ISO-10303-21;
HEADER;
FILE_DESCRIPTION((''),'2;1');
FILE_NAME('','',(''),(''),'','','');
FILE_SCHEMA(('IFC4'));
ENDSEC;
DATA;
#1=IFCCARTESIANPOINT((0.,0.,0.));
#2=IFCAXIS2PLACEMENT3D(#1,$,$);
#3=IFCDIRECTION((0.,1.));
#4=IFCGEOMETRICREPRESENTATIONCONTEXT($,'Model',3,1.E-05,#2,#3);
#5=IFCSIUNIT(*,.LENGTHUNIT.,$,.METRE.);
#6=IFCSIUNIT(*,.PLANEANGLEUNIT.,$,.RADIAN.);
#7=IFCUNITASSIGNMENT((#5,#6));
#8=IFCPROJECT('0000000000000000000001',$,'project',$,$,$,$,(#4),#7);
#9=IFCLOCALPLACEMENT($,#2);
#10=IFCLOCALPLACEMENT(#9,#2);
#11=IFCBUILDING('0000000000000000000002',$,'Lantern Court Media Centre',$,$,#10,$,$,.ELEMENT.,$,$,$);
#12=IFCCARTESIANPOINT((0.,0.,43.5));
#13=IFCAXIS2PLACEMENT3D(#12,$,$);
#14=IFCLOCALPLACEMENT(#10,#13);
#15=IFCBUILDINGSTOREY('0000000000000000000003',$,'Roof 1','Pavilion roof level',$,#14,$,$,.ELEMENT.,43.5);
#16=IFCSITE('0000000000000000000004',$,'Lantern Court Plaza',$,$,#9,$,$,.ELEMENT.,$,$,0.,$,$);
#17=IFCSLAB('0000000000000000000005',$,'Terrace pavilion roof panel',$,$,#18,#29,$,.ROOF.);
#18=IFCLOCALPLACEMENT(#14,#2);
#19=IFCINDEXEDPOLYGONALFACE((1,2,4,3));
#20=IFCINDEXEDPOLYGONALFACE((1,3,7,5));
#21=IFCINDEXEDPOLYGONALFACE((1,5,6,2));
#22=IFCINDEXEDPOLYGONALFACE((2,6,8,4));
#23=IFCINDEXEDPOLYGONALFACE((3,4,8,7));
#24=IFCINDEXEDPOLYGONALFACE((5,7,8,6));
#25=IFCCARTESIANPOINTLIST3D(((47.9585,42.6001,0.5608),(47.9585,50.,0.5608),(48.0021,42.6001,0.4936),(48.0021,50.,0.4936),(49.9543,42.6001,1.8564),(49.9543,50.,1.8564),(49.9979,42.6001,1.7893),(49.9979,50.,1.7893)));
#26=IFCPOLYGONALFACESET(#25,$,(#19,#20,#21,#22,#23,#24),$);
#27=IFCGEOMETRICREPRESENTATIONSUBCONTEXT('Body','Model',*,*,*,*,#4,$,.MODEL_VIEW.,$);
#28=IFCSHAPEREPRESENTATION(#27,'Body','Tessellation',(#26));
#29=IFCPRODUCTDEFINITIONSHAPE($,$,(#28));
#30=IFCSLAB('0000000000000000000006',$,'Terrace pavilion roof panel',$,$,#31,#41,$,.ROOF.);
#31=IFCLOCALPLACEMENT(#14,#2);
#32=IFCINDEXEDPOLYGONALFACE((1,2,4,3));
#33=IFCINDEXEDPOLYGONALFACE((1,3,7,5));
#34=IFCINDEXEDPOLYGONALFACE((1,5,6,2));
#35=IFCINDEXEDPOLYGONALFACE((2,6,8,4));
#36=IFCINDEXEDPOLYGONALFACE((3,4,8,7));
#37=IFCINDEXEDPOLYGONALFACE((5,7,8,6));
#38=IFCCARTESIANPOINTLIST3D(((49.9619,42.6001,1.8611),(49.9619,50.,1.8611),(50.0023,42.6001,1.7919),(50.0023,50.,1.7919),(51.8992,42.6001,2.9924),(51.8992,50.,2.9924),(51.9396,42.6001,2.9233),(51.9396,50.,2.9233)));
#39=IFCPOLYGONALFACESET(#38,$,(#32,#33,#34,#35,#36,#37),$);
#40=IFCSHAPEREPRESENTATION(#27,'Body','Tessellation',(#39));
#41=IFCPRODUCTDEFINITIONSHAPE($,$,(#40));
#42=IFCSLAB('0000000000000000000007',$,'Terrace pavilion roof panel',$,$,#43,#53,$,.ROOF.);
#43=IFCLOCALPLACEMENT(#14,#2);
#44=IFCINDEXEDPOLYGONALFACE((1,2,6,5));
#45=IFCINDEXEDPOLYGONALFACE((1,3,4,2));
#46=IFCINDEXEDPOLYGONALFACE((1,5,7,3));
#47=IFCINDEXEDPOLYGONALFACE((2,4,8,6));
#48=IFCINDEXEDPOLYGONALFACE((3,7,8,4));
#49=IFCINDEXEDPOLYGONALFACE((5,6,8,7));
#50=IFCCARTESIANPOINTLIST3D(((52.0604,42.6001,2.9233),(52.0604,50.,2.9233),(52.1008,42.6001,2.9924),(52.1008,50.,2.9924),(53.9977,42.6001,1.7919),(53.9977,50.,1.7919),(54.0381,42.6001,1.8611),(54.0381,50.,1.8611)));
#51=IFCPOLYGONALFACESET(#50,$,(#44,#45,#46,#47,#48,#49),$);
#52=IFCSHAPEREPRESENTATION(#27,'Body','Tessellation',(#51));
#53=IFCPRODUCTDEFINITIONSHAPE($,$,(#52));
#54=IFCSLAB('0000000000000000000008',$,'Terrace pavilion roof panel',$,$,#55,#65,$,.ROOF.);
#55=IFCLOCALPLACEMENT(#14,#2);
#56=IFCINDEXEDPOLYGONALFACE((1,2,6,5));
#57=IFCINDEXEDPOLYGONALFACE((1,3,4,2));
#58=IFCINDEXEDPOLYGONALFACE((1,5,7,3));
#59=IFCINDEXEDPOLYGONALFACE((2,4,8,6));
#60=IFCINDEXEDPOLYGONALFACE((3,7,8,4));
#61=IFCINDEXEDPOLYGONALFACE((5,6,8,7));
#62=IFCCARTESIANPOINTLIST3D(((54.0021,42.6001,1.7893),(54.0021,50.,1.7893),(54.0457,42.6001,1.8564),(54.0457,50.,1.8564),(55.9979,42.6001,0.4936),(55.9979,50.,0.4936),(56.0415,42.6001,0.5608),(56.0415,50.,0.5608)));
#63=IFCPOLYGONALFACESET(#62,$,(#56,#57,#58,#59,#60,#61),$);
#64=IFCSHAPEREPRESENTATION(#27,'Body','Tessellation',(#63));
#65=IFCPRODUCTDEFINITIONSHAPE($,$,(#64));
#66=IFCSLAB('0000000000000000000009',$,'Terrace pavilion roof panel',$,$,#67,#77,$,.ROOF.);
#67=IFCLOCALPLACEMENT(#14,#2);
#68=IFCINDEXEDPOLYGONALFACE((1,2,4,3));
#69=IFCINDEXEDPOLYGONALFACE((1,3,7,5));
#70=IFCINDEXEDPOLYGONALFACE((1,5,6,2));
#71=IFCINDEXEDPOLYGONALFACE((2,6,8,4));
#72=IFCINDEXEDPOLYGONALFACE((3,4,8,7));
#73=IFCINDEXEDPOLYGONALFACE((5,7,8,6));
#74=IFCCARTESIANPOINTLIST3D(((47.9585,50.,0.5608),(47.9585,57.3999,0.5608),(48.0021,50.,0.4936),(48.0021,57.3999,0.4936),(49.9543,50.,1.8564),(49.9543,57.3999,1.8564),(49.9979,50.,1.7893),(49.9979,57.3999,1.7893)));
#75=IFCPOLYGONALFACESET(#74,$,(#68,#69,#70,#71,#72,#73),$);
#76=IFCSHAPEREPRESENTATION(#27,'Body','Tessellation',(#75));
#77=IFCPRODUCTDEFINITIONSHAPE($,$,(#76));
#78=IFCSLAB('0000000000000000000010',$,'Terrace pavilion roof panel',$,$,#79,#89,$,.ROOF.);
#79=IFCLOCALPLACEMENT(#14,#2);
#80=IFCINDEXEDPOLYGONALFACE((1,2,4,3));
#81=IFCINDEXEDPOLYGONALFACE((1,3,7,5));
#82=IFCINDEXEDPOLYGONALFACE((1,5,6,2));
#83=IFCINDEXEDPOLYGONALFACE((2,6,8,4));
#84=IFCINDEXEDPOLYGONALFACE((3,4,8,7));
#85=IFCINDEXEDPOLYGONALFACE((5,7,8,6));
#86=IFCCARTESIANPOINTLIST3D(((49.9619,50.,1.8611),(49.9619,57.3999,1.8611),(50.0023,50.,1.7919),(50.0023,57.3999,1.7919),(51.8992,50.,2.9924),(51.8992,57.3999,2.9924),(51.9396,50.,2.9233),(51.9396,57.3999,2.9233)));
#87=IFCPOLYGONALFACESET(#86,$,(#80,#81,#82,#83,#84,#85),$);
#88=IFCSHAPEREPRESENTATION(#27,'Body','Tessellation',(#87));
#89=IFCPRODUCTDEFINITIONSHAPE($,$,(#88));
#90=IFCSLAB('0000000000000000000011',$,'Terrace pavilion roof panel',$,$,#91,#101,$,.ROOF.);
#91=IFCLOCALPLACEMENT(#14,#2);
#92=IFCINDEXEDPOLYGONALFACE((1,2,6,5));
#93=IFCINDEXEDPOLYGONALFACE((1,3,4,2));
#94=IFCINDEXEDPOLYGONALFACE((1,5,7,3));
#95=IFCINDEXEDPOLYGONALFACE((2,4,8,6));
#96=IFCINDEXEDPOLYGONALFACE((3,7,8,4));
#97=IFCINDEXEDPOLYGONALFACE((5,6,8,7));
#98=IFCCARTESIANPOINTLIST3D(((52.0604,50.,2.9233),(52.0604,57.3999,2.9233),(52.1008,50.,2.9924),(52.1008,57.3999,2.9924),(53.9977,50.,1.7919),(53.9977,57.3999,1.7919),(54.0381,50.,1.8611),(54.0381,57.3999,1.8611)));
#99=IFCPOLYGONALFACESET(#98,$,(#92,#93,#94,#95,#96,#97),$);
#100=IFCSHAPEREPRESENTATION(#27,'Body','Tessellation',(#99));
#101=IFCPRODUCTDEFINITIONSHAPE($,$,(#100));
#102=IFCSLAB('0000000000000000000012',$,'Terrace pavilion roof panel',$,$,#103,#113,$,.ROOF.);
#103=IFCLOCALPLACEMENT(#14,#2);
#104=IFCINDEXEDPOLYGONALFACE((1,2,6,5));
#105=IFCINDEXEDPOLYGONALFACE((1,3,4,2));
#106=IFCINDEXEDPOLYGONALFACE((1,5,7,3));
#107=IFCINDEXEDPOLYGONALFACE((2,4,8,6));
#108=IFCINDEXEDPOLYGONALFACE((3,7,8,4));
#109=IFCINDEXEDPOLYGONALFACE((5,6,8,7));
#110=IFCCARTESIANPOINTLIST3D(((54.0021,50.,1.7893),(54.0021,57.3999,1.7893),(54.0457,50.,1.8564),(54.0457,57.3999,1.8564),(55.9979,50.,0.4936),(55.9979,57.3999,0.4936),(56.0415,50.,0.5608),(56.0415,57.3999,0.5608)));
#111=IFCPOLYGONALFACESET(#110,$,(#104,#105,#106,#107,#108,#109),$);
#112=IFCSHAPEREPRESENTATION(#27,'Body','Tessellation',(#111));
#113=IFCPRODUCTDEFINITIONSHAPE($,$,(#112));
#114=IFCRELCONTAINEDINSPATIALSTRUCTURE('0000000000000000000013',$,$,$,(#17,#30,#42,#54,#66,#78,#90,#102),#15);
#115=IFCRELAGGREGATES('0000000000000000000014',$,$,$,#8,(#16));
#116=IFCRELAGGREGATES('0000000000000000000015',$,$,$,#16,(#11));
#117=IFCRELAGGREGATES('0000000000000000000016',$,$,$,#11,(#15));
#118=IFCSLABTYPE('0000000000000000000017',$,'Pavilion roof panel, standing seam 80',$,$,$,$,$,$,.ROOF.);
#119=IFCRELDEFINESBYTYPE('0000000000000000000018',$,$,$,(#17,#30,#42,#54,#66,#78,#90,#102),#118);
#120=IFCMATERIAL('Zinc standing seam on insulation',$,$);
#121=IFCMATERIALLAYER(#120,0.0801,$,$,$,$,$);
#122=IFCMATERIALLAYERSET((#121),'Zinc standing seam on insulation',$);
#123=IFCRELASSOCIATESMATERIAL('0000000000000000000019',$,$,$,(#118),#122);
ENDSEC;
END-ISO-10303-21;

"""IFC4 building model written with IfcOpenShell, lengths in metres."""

from ifc_helpers import new_model, si_unit, direction, frame, origin, place, context, subcontext, project, spatial, polyline, outline, extrude, material, layer, layer_set, type_object, element, save


model = new_model("IFC4")

# Units and contexts
model_context = context("Model", 3, precision=1e-05, world=origin(), true_north=direction((0.0, 1.0)))
body_context = subcontext(model_context, "Body", "Model", "MODEL_VIEW")
ifc_project = project(units=[si_unit("LENGTHUNIT", "METRE"), si_unit("PLANEANGLEUNIT", "RADIAN")], contexts=[model_context])

# Site, building, storey
site_placement = place(None, origin())
site = spatial("IfcSite", under=ifc_project, at=site_placement, Name="Lantern Court Plaza", CompositionType="ELEMENT", RefElevation=0.0)
building_placement = place(site_placement, origin())
building = spatial("IfcBuilding", under=site, at=building_placement, Name="Lantern Court Media Centre", CompositionType="ELEMENT")
storey_placement = place(building_placement, frame((0.0, 0.0, 43.5)))
storey = spatial("IfcBuildingStorey", under=building, at=storey_placement, Name="Roof 1", Description="Pavilion roof level", CompositionType="ELEMENT", Elevation=43.5)

# Slabs
ifc_material = material(Name="Zinc standing seam on insulation")
ifc_layer = layer(ifc_material, 0.0801)
ifc_layer_set = layer_set([ifc_layer], Name="Zinc standing seam on insulation")
slab_type = type_object("IfcSlabType", Name="Pavilion roof panel, standing seam 80", PredefinedType="ROOF", material=ifc_layer_set)
slab_1_placement = place(storey_placement, frame((47.9585, 42.6001, 0.5608), z_axis=(-0.544501, 0.0, 0.83876), x_axis=(0.83876, 0.0, 0.544501)))
element("IfcSlab", 1, at=slab_1_placement, inside=storey, type_object=slab_type, Name="Terrace pavilion roof panel", PredefinedType="ROOF", context=body_context, shape_type="SweptSolid", body=[
    extrude(outline(polyline([(0.0, 0.0), (2.3795, 0.0), (2.3795, 7.3999), (0.0, 7.3999), (0.0, 0.0)])), origin(), (0.0, 0.0, -1.0), 0.0801),
])
for number, where, z_axis, x_axis, name in (
    (2, (49.9619, 42.6001, 1.8611), (-0.504297, 0.0, 0.86353), (0.86353, 0.0, 0.504297), "Terrace pavilion roof panel"),
    (3, (52.1008, 42.6001, 2.9924), (0.504297, 0.0, 0.86353), (0.86353, 0.0, -0.504297), "Terrace pavilion roof panel"),
):
    element("IfcSlab", number, at=place(storey_placement, frame(where, z_axis=z_axis, x_axis=x_axis)), inside=storey, type_object=slab_type, Name=name, PredefinedType="ROOF", context=body_context, shape_type="SweptSolid", body=[
        extrude(outline(polyline([(0.0, 0.0), (2.2434, 0.0), (2.2434, 7.3999), (0.0, 7.3999), (0.0, 0.0)])), origin(), (0.0, 0.0, -1.0), 0.0801),
    ])
for number, where, z_axis, x_axis, name in (
    (4, (54.0457, 42.6001, 1.8564), (0.544501, 0.0, 0.83876), (0.83876, 0.0, -0.544501), "Terrace pavilion roof panel"),
    (5, (47.9585, 50.0, 0.5608), (-0.544501, 0.0, 0.83876), (0.83876, 0.0, 0.544501), "Terrace pavilion roof panel"),
):
    element("IfcSlab", number, at=place(storey_placement, frame(where, z_axis=z_axis, x_axis=x_axis)), inside=storey, type_object=slab_type, Name=name, PredefinedType="ROOF", context=body_context, shape_type="SweptSolid", body=[
        extrude(outline(polyline([(0.0, 0.0), (2.3795, 0.0), (2.3795, 7.3999), (0.0, 7.3999), (0.0, 0.0)])), origin(), (0.0, 0.0, -1.0), 0.0801),
    ])
for number, where, z_axis, x_axis, name in (
    (6, (49.9619, 50.0, 1.8611), (-0.504297, 0.0, 0.86353), (0.86353, 0.0, 0.504297), "Terrace pavilion roof panel"),
    (7, (52.1008, 50.0, 2.9924), (0.504297, 0.0, 0.86353), (0.86353, 0.0, -0.504297), "Terrace pavilion roof panel"),
):
    element("IfcSlab", number, at=place(storey_placement, frame(where, z_axis=z_axis, x_axis=x_axis)), inside=storey, type_object=slab_type, Name=name, PredefinedType="ROOF", context=body_context, shape_type="SweptSolid", body=[
        extrude(outline(polyline([(0.0, 0.0), (2.2434, 0.0), (2.2434, 7.3999), (0.0, 7.3999), (0.0, 0.0)])), origin(), (0.0, 0.0, -1.0), 0.0801),
    ])
slab_2_placement = place(storey_placement, frame((54.0457, 50.0, 1.8564), z_axis=(0.544501, 0.0, 0.83876), x_axis=(0.83876, 0.0, -0.544501)))
element("IfcSlab", 8, at=slab_2_placement, inside=storey, type_object=slab_type, Name="Terrace pavilion roof panel", PredefinedType="ROOF", context=body_context, shape_type="SweptSolid", body=[
    extrude(outline(polyline([(0.0, 0.0), (2.3795, 0.0), (2.3795, 7.3999), (0.0, 7.3999), (0.0, 0.0)])), origin(), (0.0, 0.0, -1.0), 0.0801),
])

save(model, "model.ifc")
